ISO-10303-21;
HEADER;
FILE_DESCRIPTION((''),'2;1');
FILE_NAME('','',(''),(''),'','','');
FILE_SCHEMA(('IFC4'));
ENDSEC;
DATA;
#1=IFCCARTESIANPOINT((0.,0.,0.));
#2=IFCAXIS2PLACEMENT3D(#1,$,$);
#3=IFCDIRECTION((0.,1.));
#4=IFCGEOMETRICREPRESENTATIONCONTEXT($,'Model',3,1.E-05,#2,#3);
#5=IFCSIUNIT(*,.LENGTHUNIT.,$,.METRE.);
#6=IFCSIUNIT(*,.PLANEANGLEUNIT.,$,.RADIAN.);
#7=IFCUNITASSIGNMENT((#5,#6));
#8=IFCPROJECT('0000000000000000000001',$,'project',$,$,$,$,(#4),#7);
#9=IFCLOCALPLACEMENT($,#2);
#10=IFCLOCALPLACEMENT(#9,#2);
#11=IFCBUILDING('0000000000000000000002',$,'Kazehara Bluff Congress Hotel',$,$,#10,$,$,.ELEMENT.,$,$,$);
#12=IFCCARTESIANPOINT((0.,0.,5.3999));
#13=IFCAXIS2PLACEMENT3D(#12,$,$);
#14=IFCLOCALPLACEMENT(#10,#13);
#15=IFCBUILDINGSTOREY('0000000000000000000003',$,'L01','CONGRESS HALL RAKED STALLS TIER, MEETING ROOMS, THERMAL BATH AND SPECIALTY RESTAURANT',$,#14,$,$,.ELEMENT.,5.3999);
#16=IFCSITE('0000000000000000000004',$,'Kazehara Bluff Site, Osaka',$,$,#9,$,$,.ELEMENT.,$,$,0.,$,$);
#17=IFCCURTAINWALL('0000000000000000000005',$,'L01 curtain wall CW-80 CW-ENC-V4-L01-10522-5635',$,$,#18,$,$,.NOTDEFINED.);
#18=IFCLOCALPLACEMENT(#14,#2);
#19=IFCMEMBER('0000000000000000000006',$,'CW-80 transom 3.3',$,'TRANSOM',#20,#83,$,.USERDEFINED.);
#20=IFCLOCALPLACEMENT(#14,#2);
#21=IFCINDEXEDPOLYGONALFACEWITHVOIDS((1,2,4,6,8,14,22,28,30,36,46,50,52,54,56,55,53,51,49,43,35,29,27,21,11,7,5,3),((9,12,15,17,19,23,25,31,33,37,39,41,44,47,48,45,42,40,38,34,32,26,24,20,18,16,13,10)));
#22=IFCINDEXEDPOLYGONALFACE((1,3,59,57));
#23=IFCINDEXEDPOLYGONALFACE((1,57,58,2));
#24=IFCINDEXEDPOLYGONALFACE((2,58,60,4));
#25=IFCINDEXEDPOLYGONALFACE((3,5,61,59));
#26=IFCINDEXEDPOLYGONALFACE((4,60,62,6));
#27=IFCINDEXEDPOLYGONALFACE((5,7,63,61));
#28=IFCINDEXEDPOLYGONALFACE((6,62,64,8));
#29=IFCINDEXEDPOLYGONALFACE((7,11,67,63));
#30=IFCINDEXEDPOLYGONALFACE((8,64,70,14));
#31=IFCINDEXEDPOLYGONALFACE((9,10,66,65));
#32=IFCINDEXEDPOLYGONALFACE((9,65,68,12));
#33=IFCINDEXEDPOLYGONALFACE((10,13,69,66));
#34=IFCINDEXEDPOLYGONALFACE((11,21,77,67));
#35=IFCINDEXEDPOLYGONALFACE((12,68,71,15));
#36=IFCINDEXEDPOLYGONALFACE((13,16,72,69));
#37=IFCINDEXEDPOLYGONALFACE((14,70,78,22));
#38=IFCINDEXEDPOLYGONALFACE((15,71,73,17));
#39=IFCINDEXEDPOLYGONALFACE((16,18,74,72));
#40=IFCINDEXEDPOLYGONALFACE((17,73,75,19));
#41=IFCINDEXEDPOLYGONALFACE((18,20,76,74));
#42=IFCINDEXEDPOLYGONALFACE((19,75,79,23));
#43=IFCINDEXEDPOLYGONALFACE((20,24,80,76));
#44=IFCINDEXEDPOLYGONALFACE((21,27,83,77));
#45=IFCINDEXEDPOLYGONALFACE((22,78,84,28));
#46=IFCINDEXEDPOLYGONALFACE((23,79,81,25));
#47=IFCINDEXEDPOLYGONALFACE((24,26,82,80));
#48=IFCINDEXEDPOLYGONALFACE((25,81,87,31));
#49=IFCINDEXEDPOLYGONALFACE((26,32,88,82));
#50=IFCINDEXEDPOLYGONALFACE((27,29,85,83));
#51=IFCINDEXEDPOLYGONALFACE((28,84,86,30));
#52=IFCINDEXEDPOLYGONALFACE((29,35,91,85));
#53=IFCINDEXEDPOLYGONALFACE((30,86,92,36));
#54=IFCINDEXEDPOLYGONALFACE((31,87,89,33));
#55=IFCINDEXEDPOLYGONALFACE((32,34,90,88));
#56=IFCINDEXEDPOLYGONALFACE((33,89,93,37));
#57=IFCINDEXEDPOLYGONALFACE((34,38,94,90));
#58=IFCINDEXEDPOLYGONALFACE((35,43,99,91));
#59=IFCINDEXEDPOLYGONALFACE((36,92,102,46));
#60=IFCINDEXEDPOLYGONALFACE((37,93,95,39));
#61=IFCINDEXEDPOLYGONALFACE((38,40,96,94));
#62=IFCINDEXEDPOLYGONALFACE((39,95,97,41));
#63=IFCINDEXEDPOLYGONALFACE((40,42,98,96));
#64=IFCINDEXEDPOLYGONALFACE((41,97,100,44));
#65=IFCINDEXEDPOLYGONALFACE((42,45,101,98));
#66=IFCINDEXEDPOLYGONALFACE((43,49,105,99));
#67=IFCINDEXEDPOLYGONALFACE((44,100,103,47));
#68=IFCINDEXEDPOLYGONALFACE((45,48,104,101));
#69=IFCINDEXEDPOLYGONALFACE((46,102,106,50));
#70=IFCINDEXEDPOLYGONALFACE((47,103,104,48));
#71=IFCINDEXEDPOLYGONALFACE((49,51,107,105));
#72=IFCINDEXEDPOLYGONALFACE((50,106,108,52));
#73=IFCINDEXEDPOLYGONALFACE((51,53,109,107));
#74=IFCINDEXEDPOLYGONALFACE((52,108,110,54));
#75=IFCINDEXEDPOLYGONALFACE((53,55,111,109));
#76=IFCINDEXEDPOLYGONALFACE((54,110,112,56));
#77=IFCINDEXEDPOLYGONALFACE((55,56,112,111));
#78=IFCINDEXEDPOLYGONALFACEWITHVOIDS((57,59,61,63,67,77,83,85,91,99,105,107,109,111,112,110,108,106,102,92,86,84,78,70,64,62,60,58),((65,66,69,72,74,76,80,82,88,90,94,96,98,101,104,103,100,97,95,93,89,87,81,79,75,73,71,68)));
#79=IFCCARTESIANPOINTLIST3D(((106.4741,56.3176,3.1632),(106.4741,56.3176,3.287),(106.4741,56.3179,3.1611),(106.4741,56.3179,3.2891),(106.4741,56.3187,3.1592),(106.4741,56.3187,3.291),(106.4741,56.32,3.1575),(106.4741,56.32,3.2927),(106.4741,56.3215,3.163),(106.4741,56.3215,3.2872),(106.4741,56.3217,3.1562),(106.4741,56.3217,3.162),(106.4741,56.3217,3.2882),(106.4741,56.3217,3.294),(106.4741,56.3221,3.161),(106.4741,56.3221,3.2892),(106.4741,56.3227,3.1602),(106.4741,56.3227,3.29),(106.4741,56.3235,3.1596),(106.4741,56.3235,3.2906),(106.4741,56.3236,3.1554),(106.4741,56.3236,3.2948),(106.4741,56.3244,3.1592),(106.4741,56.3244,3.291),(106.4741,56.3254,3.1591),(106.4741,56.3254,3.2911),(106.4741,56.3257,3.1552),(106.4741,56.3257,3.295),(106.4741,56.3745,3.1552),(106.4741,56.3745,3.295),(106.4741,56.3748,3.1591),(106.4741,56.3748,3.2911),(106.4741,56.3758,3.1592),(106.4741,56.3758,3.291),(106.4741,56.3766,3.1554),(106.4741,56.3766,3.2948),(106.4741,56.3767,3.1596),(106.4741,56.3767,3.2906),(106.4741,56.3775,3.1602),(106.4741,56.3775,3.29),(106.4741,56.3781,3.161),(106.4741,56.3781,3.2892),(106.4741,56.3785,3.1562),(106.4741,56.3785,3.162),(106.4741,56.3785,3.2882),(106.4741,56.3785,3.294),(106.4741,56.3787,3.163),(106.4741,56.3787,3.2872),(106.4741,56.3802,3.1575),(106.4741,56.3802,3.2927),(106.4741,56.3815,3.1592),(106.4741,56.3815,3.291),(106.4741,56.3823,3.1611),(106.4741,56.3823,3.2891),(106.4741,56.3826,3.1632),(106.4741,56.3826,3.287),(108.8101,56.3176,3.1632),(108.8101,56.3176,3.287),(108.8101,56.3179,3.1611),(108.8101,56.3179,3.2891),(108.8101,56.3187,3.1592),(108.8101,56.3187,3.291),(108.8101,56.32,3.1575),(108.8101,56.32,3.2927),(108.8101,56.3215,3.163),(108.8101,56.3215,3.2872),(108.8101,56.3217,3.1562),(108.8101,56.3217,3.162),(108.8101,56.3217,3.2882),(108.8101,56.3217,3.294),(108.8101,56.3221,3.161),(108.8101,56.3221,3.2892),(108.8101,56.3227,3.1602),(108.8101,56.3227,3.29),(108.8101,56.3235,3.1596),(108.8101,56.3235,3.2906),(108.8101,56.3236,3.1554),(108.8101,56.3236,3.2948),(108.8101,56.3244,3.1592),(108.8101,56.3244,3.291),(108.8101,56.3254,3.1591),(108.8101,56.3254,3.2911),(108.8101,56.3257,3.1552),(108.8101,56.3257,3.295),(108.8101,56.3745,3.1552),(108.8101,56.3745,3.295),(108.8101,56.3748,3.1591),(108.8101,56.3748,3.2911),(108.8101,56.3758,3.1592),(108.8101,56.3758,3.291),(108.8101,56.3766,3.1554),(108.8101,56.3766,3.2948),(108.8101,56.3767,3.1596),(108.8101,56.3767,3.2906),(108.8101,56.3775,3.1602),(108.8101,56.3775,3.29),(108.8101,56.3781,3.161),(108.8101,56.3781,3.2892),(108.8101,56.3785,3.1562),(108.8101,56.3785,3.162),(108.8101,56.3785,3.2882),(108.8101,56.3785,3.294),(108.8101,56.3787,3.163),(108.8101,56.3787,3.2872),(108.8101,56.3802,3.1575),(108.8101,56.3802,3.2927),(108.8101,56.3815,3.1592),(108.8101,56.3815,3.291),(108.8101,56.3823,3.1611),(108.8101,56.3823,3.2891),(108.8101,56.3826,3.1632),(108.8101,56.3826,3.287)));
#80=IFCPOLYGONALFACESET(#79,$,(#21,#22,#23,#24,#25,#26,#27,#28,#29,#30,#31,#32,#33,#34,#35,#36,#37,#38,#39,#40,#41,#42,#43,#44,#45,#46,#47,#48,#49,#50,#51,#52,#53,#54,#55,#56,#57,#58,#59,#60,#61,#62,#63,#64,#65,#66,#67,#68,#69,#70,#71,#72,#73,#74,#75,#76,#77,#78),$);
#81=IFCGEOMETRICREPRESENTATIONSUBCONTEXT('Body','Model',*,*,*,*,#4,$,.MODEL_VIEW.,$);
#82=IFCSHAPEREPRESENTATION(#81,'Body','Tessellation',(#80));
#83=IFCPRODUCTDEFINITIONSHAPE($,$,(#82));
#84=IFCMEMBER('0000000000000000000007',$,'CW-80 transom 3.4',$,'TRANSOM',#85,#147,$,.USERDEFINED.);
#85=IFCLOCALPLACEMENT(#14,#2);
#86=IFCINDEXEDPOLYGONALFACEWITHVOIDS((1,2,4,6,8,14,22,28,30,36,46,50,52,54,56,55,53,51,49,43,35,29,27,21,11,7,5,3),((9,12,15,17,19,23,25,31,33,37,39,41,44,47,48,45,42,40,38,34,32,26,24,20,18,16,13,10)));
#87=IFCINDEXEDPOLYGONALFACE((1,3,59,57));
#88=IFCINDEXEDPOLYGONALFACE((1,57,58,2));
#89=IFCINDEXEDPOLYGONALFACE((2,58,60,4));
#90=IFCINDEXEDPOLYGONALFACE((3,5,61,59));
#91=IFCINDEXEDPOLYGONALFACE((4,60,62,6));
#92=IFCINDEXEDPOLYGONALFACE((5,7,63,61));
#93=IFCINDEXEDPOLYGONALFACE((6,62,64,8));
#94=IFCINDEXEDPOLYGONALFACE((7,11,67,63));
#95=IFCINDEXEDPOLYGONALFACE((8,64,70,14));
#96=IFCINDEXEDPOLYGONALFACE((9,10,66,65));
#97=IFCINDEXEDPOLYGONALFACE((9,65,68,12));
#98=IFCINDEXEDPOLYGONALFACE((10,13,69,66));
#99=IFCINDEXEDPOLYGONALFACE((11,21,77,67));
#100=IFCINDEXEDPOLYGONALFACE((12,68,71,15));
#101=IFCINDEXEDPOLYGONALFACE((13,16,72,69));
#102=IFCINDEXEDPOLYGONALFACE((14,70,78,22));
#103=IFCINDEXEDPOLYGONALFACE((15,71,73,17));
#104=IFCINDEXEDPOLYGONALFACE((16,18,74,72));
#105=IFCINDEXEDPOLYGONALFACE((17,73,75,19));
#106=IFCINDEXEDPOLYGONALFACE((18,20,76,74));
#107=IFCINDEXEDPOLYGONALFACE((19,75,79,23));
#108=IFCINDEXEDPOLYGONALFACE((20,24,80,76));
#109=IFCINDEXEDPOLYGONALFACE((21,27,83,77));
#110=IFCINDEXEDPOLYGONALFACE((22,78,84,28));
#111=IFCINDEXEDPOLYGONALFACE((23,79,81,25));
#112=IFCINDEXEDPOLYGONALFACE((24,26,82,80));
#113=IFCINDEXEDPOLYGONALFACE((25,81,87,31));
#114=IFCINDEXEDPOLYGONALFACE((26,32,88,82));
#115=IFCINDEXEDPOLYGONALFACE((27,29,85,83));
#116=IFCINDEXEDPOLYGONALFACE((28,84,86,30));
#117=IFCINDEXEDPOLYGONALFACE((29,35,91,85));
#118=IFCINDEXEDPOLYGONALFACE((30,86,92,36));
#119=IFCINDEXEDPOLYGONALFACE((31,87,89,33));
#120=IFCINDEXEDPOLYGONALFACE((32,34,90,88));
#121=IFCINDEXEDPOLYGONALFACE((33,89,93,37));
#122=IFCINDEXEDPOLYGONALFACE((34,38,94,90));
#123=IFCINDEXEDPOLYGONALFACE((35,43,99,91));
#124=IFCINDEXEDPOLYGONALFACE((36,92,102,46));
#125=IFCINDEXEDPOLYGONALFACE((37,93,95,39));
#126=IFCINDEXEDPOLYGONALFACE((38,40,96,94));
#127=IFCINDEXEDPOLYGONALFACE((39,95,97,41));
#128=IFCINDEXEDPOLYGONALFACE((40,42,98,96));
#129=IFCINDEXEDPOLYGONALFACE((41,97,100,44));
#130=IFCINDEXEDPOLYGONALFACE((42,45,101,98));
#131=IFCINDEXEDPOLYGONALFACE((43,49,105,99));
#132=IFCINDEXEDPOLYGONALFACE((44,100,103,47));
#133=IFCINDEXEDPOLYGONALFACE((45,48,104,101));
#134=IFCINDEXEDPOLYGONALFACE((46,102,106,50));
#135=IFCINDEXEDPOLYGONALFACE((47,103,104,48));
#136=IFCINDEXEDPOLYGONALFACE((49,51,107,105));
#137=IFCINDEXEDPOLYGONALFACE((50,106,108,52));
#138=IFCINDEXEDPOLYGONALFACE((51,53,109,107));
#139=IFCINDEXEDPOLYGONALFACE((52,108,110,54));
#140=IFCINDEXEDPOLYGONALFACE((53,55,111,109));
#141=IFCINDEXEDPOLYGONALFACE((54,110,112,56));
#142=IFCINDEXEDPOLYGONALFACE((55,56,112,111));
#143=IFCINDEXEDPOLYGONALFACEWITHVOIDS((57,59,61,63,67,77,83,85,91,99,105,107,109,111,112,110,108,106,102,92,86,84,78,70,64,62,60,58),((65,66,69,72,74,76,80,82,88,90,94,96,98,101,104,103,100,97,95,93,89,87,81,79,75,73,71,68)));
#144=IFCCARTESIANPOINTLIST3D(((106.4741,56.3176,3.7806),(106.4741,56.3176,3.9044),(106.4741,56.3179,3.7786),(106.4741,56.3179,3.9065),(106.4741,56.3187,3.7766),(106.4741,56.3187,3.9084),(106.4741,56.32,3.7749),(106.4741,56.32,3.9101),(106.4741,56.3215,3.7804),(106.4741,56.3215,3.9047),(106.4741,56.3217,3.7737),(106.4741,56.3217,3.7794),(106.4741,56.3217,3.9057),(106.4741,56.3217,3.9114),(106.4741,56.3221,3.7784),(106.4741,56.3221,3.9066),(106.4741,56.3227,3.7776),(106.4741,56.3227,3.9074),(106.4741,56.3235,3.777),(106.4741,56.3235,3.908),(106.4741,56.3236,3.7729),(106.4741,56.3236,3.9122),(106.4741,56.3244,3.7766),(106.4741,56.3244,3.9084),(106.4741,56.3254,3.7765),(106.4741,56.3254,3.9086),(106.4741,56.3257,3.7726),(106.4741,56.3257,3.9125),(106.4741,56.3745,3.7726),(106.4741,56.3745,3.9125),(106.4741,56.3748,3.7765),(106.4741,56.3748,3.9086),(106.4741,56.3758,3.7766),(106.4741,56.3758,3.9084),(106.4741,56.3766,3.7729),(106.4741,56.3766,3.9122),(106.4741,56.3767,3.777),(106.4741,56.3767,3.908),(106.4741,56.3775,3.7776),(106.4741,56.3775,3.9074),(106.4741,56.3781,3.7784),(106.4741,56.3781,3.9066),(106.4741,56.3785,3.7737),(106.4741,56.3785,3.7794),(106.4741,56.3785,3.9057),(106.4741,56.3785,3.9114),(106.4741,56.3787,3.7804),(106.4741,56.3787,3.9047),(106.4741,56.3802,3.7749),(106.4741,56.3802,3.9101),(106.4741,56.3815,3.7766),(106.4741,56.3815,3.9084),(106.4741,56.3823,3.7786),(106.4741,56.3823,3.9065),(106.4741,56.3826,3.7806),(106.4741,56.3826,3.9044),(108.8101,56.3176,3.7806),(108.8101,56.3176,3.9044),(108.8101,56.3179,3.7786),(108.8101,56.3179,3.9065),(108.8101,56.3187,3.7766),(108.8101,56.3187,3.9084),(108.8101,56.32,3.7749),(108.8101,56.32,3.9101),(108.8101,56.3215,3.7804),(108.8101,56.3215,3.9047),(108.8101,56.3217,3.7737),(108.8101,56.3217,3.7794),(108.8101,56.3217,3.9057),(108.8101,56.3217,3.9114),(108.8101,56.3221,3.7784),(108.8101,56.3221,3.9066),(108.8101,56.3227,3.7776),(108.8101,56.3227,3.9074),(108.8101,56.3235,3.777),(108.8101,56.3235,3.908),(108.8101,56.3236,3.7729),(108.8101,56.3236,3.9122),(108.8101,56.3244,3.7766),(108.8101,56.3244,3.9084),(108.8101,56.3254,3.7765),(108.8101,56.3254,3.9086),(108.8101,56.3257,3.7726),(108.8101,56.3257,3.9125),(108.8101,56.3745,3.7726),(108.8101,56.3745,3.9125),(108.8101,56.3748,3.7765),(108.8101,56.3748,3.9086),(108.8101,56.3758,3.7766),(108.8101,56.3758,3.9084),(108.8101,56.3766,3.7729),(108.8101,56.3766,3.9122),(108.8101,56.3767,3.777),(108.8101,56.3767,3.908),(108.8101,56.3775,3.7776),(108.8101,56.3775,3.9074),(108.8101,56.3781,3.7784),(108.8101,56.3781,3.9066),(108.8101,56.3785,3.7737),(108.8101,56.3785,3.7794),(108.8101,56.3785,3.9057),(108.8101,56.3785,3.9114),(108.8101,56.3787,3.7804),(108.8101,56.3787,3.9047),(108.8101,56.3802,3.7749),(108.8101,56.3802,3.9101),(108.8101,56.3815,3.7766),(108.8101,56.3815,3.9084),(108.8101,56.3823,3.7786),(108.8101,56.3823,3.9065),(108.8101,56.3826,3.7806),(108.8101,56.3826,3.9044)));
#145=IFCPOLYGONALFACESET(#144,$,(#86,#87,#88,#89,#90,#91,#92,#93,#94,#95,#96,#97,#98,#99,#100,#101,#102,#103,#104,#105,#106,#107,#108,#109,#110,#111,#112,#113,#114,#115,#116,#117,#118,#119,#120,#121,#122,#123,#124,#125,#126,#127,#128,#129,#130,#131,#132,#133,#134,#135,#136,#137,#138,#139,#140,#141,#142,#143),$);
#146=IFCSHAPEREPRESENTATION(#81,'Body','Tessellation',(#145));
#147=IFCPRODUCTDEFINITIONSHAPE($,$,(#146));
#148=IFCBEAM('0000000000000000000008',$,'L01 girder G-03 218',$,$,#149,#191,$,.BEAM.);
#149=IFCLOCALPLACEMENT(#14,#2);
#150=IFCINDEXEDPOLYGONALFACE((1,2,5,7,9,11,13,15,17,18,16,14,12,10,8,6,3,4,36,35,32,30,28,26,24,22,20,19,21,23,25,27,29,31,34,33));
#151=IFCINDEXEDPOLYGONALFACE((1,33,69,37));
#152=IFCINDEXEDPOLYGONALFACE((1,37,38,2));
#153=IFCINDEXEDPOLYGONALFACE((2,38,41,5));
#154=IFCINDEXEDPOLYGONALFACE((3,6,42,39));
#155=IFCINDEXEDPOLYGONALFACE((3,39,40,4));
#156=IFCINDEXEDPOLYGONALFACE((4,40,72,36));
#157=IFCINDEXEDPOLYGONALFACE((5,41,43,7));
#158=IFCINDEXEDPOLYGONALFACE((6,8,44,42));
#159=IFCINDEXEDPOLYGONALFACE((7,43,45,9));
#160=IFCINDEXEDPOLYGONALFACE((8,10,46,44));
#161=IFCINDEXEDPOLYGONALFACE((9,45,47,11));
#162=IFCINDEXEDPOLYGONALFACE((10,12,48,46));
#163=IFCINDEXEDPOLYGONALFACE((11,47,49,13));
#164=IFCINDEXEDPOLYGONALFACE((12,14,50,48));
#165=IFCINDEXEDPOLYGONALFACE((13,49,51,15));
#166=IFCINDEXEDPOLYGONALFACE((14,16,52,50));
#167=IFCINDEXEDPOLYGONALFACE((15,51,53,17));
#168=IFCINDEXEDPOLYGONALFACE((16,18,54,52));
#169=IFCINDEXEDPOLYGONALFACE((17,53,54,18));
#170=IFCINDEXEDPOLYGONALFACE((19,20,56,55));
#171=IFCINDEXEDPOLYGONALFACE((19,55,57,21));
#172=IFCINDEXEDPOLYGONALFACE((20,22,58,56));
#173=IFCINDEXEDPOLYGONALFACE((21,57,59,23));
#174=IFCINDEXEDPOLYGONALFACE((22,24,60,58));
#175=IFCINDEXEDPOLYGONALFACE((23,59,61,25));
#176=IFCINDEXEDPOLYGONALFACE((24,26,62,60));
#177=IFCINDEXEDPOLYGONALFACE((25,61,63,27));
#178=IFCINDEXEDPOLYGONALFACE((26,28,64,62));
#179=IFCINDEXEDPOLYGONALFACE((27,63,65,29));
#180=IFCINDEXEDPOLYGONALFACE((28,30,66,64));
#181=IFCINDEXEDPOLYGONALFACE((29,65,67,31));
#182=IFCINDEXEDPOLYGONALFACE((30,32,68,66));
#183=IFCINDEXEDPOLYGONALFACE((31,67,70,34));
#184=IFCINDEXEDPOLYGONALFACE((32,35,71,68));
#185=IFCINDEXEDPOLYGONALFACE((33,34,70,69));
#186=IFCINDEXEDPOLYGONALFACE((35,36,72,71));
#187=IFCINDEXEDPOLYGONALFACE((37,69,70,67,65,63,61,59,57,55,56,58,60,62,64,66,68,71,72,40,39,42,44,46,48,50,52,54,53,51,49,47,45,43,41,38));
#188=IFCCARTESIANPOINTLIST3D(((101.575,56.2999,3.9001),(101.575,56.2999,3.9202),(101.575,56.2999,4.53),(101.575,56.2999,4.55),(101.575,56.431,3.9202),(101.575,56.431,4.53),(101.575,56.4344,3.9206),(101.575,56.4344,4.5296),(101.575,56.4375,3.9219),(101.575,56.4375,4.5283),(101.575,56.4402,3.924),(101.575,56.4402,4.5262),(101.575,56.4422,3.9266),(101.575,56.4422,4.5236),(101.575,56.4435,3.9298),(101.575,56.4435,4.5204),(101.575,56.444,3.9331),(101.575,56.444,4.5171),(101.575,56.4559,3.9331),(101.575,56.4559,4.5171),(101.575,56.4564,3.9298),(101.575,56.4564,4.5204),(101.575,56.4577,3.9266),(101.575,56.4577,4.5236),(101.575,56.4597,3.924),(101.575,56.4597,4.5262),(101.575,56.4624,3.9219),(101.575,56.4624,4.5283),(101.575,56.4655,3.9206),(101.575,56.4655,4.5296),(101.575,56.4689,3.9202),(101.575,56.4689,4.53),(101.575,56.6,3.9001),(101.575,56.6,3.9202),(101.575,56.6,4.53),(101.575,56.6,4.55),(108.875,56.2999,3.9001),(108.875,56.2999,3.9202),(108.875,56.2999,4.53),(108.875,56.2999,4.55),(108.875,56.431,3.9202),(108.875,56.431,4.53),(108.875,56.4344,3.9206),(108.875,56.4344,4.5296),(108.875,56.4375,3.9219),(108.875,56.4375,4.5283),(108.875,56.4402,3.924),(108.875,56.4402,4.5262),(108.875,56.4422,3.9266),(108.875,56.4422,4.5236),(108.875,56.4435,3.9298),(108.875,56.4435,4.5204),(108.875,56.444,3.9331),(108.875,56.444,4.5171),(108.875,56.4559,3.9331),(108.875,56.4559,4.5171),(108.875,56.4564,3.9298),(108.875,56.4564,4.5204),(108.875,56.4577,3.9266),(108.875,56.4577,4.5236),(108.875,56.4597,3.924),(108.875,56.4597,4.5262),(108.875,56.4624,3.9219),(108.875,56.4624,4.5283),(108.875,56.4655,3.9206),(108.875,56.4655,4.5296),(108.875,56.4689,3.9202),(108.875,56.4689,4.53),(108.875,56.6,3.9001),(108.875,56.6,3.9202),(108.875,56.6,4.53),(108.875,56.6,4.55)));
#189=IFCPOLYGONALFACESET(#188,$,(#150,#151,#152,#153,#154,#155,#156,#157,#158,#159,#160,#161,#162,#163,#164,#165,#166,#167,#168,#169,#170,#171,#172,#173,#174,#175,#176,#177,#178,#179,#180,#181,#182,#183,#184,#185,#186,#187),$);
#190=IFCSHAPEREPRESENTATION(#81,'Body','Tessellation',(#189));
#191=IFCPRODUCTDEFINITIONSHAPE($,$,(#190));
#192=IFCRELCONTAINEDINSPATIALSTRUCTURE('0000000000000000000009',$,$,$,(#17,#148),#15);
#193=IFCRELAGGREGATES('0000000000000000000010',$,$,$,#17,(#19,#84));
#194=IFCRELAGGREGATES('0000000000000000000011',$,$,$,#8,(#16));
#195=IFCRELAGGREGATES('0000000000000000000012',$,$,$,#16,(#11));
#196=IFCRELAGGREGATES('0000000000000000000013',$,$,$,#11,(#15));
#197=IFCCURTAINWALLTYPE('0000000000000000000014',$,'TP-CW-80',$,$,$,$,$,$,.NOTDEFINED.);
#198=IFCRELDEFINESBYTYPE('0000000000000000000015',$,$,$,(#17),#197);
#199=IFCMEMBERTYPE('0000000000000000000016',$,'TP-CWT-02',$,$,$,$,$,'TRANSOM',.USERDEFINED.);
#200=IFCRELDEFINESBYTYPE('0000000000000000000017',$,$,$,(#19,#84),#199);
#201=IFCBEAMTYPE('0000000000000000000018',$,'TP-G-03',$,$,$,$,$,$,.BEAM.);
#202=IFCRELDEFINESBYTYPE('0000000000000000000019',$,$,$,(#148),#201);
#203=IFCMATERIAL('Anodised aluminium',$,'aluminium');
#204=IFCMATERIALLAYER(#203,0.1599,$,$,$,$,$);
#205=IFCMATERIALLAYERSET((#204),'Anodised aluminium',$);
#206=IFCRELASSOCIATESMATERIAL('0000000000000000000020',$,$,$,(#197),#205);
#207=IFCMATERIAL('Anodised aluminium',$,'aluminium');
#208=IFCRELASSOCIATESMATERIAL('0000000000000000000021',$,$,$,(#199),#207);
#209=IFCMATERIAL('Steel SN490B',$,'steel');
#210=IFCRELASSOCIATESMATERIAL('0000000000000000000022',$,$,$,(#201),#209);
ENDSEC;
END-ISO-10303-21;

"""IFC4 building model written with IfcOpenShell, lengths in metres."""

from ifc_helpers import new_model, si_unit, direction, frame, origin, origin_2d, place, context, subcontext, project, spatial, hollow_rectangle, i_section, extrude, material, layer, layer_set, material_profile, profile_set, type_object, element, aggregate, save


model = new_model("IFC4")

# Units and contexts
model_context = context("Model", 3, precision=1e-05, world=origin(), true_north=direction((0.0, 1.0)))
body_context = subcontext(model_context, "Body", "Model", "MODEL_VIEW")
ifc_project = project(units=[si_unit("LENGTHUNIT", "METRE"), si_unit("PLANEANGLEUNIT", "RADIAN")], contexts=[model_context])

# Site, building, storey
site_placement = place(None, origin())
site = spatial("IfcSite", under=ifc_project, at=site_placement, Name="Kazehara Bluff Site, Osaka", CompositionType="ELEMENT", RefElevation=0.0)
building_placement = place(site_placement, origin())
building = spatial("IfcBuilding", under=site, at=building_placement, Name="Kazehara Bluff Congress Hotel", CompositionType="ELEMENT")
storey_placement = place(building_placement, frame((0.0, 0.0, 5.3999)))
storey = spatial("IfcBuildingStorey", under=building, at=storey_placement, Name="L01", Description="CONGRESS HALL RAKED STALLS TIER, MEETING ROOMS, THERMAL BATH AND SPECIALTY RESTAURANT", CompositionType="ELEMENT", Elevation=5.3999)

# Curtain wall, members
ifc_material_1 = material(Name="Anodised aluminium", Category="aluminium")
ifc_layer_1 = layer(ifc_material_1, 0.1599)
ifc_layer_set_1 = layer_set([ifc_layer_1], Name="Anodised aluminium")
curtain_wall_type_1 = type_object("IfcCurtainWallType", Name="TP-CW-80", PredefinedType="NOTDEFINED", material=ifc_layer_set_1)
curtain_wall_1_placement = place(storey_placement, origin())
curtain_wall_1 = element("IfcCurtainWall", 1, at=curtain_wall_1_placement, inside=storey, type_object=curtain_wall_type_1, Name="L01 curtain wall CW-80 CW-ENC-V4-L01-10522-5635", PredefinedType="NOTDEFINED")
ifc_material_2 = material(Name="Anodised aluminium", Category="aluminium")
ifc_material_profile_1 = material_profile(ifc_material_2, hollow_rectangle(XDim=0.0649, YDim=0.1399, WallThickness=0.0039, InnerFilletRadius=0.0039, OuterFilletRadius=0.0081, at=origin_2d()))
ifc_profile_set_1 = profile_set([ifc_material_profile_1], Name="Anodised aluminium")
member_type_1 = type_object("IfcMemberType", Name="TP-CWT-02", ElementType="TRANSOM", PredefinedType="USERDEFINED", material=ifc_profile_set_1)
member_1_placement = place(storey_placement, frame((106.4741, 56.3501, 3.2251), z_axis=(1.0, 0.0, 0.0), x_axis=(0.0, 1.0, 0.0)))
member_1 = element("IfcMember", 2, at=member_1_placement, type_object=member_type_1, Name="CW-80 transom 3.3", ObjectType="TRANSOM", PredefinedType="USERDEFINED", context=body_context, shape_type="SweptSolid", body=[
    extrude(hollow_rectangle(XDim=0.0649, YDim=0.1399, WallThickness=0.0039, InnerFilletRadius=0.0039, OuterFilletRadius=0.0081, at=origin_2d()), origin(), (0.0, 0.0, 1.0), 2.3359),
])
member_2_placement = place(storey_placement, frame((106.4741, 56.3501, 3.8425), z_axis=(1.0, 0.0, 0.0), x_axis=(0.0, 1.0, 0.0)))
member_2 = element("IfcMember", 3, at=member_2_placement, type_object=member_type_1, Name="CW-80 transom 3.4", ObjectType="TRANSOM", PredefinedType="USERDEFINED", context=body_context, shape_type="SweptSolid", body=[
    extrude(hollow_rectangle(XDim=0.0649, YDim=0.1399, WallThickness=0.0039, InnerFilletRadius=0.0039, OuterFilletRadius=0.0081, at=origin_2d()), origin(), (0.0, 0.0, 1.0), 2.3359),
])

# Beam
ifc_material_3 = material(Name="Steel SN490B", Category="steel")
ifc_material_profile_2 = material_profile(ifc_material_3, i_section(OverallWidth=0.3, OverallDepth=0.6499, WebThickness=0.012, FlangeThickness=0.02, FilletRadius=0.0129, at=origin_2d()))
ifc_profile_set_2 = profile_set([ifc_material_profile_2], Name="Steel SN490B")
beam_type_1 = type_object("IfcBeamType", Name="TP-G-03", PredefinedType="BEAM", material=ifc_profile_set_2)
beam_1_placement = place(storey_placement, frame((101.575, 56.45, 4.2251), z_axis=(1.0, 0.0, 0.0), x_axis=(0.0, 1.0, 0.0)))
element("IfcBeam", 4, at=beam_1_placement, inside=storey, type_object=beam_type_1, Name="L01 girder G-03 218", PredefinedType="BEAM", context=body_context, shape_type="SweptSolid", body=[
    extrude(i_section(OverallWidth=0.3, OverallDepth=0.6499, WebThickness=0.012, FlangeThickness=0.02, FilletRadius=0.0129, at=origin_2d()), origin(), (0.0, 0.0, 1.0), 7.3),
])

aggregate(curtain_wall_1, [member_1, member_2])

save(model, "model.ifc")
